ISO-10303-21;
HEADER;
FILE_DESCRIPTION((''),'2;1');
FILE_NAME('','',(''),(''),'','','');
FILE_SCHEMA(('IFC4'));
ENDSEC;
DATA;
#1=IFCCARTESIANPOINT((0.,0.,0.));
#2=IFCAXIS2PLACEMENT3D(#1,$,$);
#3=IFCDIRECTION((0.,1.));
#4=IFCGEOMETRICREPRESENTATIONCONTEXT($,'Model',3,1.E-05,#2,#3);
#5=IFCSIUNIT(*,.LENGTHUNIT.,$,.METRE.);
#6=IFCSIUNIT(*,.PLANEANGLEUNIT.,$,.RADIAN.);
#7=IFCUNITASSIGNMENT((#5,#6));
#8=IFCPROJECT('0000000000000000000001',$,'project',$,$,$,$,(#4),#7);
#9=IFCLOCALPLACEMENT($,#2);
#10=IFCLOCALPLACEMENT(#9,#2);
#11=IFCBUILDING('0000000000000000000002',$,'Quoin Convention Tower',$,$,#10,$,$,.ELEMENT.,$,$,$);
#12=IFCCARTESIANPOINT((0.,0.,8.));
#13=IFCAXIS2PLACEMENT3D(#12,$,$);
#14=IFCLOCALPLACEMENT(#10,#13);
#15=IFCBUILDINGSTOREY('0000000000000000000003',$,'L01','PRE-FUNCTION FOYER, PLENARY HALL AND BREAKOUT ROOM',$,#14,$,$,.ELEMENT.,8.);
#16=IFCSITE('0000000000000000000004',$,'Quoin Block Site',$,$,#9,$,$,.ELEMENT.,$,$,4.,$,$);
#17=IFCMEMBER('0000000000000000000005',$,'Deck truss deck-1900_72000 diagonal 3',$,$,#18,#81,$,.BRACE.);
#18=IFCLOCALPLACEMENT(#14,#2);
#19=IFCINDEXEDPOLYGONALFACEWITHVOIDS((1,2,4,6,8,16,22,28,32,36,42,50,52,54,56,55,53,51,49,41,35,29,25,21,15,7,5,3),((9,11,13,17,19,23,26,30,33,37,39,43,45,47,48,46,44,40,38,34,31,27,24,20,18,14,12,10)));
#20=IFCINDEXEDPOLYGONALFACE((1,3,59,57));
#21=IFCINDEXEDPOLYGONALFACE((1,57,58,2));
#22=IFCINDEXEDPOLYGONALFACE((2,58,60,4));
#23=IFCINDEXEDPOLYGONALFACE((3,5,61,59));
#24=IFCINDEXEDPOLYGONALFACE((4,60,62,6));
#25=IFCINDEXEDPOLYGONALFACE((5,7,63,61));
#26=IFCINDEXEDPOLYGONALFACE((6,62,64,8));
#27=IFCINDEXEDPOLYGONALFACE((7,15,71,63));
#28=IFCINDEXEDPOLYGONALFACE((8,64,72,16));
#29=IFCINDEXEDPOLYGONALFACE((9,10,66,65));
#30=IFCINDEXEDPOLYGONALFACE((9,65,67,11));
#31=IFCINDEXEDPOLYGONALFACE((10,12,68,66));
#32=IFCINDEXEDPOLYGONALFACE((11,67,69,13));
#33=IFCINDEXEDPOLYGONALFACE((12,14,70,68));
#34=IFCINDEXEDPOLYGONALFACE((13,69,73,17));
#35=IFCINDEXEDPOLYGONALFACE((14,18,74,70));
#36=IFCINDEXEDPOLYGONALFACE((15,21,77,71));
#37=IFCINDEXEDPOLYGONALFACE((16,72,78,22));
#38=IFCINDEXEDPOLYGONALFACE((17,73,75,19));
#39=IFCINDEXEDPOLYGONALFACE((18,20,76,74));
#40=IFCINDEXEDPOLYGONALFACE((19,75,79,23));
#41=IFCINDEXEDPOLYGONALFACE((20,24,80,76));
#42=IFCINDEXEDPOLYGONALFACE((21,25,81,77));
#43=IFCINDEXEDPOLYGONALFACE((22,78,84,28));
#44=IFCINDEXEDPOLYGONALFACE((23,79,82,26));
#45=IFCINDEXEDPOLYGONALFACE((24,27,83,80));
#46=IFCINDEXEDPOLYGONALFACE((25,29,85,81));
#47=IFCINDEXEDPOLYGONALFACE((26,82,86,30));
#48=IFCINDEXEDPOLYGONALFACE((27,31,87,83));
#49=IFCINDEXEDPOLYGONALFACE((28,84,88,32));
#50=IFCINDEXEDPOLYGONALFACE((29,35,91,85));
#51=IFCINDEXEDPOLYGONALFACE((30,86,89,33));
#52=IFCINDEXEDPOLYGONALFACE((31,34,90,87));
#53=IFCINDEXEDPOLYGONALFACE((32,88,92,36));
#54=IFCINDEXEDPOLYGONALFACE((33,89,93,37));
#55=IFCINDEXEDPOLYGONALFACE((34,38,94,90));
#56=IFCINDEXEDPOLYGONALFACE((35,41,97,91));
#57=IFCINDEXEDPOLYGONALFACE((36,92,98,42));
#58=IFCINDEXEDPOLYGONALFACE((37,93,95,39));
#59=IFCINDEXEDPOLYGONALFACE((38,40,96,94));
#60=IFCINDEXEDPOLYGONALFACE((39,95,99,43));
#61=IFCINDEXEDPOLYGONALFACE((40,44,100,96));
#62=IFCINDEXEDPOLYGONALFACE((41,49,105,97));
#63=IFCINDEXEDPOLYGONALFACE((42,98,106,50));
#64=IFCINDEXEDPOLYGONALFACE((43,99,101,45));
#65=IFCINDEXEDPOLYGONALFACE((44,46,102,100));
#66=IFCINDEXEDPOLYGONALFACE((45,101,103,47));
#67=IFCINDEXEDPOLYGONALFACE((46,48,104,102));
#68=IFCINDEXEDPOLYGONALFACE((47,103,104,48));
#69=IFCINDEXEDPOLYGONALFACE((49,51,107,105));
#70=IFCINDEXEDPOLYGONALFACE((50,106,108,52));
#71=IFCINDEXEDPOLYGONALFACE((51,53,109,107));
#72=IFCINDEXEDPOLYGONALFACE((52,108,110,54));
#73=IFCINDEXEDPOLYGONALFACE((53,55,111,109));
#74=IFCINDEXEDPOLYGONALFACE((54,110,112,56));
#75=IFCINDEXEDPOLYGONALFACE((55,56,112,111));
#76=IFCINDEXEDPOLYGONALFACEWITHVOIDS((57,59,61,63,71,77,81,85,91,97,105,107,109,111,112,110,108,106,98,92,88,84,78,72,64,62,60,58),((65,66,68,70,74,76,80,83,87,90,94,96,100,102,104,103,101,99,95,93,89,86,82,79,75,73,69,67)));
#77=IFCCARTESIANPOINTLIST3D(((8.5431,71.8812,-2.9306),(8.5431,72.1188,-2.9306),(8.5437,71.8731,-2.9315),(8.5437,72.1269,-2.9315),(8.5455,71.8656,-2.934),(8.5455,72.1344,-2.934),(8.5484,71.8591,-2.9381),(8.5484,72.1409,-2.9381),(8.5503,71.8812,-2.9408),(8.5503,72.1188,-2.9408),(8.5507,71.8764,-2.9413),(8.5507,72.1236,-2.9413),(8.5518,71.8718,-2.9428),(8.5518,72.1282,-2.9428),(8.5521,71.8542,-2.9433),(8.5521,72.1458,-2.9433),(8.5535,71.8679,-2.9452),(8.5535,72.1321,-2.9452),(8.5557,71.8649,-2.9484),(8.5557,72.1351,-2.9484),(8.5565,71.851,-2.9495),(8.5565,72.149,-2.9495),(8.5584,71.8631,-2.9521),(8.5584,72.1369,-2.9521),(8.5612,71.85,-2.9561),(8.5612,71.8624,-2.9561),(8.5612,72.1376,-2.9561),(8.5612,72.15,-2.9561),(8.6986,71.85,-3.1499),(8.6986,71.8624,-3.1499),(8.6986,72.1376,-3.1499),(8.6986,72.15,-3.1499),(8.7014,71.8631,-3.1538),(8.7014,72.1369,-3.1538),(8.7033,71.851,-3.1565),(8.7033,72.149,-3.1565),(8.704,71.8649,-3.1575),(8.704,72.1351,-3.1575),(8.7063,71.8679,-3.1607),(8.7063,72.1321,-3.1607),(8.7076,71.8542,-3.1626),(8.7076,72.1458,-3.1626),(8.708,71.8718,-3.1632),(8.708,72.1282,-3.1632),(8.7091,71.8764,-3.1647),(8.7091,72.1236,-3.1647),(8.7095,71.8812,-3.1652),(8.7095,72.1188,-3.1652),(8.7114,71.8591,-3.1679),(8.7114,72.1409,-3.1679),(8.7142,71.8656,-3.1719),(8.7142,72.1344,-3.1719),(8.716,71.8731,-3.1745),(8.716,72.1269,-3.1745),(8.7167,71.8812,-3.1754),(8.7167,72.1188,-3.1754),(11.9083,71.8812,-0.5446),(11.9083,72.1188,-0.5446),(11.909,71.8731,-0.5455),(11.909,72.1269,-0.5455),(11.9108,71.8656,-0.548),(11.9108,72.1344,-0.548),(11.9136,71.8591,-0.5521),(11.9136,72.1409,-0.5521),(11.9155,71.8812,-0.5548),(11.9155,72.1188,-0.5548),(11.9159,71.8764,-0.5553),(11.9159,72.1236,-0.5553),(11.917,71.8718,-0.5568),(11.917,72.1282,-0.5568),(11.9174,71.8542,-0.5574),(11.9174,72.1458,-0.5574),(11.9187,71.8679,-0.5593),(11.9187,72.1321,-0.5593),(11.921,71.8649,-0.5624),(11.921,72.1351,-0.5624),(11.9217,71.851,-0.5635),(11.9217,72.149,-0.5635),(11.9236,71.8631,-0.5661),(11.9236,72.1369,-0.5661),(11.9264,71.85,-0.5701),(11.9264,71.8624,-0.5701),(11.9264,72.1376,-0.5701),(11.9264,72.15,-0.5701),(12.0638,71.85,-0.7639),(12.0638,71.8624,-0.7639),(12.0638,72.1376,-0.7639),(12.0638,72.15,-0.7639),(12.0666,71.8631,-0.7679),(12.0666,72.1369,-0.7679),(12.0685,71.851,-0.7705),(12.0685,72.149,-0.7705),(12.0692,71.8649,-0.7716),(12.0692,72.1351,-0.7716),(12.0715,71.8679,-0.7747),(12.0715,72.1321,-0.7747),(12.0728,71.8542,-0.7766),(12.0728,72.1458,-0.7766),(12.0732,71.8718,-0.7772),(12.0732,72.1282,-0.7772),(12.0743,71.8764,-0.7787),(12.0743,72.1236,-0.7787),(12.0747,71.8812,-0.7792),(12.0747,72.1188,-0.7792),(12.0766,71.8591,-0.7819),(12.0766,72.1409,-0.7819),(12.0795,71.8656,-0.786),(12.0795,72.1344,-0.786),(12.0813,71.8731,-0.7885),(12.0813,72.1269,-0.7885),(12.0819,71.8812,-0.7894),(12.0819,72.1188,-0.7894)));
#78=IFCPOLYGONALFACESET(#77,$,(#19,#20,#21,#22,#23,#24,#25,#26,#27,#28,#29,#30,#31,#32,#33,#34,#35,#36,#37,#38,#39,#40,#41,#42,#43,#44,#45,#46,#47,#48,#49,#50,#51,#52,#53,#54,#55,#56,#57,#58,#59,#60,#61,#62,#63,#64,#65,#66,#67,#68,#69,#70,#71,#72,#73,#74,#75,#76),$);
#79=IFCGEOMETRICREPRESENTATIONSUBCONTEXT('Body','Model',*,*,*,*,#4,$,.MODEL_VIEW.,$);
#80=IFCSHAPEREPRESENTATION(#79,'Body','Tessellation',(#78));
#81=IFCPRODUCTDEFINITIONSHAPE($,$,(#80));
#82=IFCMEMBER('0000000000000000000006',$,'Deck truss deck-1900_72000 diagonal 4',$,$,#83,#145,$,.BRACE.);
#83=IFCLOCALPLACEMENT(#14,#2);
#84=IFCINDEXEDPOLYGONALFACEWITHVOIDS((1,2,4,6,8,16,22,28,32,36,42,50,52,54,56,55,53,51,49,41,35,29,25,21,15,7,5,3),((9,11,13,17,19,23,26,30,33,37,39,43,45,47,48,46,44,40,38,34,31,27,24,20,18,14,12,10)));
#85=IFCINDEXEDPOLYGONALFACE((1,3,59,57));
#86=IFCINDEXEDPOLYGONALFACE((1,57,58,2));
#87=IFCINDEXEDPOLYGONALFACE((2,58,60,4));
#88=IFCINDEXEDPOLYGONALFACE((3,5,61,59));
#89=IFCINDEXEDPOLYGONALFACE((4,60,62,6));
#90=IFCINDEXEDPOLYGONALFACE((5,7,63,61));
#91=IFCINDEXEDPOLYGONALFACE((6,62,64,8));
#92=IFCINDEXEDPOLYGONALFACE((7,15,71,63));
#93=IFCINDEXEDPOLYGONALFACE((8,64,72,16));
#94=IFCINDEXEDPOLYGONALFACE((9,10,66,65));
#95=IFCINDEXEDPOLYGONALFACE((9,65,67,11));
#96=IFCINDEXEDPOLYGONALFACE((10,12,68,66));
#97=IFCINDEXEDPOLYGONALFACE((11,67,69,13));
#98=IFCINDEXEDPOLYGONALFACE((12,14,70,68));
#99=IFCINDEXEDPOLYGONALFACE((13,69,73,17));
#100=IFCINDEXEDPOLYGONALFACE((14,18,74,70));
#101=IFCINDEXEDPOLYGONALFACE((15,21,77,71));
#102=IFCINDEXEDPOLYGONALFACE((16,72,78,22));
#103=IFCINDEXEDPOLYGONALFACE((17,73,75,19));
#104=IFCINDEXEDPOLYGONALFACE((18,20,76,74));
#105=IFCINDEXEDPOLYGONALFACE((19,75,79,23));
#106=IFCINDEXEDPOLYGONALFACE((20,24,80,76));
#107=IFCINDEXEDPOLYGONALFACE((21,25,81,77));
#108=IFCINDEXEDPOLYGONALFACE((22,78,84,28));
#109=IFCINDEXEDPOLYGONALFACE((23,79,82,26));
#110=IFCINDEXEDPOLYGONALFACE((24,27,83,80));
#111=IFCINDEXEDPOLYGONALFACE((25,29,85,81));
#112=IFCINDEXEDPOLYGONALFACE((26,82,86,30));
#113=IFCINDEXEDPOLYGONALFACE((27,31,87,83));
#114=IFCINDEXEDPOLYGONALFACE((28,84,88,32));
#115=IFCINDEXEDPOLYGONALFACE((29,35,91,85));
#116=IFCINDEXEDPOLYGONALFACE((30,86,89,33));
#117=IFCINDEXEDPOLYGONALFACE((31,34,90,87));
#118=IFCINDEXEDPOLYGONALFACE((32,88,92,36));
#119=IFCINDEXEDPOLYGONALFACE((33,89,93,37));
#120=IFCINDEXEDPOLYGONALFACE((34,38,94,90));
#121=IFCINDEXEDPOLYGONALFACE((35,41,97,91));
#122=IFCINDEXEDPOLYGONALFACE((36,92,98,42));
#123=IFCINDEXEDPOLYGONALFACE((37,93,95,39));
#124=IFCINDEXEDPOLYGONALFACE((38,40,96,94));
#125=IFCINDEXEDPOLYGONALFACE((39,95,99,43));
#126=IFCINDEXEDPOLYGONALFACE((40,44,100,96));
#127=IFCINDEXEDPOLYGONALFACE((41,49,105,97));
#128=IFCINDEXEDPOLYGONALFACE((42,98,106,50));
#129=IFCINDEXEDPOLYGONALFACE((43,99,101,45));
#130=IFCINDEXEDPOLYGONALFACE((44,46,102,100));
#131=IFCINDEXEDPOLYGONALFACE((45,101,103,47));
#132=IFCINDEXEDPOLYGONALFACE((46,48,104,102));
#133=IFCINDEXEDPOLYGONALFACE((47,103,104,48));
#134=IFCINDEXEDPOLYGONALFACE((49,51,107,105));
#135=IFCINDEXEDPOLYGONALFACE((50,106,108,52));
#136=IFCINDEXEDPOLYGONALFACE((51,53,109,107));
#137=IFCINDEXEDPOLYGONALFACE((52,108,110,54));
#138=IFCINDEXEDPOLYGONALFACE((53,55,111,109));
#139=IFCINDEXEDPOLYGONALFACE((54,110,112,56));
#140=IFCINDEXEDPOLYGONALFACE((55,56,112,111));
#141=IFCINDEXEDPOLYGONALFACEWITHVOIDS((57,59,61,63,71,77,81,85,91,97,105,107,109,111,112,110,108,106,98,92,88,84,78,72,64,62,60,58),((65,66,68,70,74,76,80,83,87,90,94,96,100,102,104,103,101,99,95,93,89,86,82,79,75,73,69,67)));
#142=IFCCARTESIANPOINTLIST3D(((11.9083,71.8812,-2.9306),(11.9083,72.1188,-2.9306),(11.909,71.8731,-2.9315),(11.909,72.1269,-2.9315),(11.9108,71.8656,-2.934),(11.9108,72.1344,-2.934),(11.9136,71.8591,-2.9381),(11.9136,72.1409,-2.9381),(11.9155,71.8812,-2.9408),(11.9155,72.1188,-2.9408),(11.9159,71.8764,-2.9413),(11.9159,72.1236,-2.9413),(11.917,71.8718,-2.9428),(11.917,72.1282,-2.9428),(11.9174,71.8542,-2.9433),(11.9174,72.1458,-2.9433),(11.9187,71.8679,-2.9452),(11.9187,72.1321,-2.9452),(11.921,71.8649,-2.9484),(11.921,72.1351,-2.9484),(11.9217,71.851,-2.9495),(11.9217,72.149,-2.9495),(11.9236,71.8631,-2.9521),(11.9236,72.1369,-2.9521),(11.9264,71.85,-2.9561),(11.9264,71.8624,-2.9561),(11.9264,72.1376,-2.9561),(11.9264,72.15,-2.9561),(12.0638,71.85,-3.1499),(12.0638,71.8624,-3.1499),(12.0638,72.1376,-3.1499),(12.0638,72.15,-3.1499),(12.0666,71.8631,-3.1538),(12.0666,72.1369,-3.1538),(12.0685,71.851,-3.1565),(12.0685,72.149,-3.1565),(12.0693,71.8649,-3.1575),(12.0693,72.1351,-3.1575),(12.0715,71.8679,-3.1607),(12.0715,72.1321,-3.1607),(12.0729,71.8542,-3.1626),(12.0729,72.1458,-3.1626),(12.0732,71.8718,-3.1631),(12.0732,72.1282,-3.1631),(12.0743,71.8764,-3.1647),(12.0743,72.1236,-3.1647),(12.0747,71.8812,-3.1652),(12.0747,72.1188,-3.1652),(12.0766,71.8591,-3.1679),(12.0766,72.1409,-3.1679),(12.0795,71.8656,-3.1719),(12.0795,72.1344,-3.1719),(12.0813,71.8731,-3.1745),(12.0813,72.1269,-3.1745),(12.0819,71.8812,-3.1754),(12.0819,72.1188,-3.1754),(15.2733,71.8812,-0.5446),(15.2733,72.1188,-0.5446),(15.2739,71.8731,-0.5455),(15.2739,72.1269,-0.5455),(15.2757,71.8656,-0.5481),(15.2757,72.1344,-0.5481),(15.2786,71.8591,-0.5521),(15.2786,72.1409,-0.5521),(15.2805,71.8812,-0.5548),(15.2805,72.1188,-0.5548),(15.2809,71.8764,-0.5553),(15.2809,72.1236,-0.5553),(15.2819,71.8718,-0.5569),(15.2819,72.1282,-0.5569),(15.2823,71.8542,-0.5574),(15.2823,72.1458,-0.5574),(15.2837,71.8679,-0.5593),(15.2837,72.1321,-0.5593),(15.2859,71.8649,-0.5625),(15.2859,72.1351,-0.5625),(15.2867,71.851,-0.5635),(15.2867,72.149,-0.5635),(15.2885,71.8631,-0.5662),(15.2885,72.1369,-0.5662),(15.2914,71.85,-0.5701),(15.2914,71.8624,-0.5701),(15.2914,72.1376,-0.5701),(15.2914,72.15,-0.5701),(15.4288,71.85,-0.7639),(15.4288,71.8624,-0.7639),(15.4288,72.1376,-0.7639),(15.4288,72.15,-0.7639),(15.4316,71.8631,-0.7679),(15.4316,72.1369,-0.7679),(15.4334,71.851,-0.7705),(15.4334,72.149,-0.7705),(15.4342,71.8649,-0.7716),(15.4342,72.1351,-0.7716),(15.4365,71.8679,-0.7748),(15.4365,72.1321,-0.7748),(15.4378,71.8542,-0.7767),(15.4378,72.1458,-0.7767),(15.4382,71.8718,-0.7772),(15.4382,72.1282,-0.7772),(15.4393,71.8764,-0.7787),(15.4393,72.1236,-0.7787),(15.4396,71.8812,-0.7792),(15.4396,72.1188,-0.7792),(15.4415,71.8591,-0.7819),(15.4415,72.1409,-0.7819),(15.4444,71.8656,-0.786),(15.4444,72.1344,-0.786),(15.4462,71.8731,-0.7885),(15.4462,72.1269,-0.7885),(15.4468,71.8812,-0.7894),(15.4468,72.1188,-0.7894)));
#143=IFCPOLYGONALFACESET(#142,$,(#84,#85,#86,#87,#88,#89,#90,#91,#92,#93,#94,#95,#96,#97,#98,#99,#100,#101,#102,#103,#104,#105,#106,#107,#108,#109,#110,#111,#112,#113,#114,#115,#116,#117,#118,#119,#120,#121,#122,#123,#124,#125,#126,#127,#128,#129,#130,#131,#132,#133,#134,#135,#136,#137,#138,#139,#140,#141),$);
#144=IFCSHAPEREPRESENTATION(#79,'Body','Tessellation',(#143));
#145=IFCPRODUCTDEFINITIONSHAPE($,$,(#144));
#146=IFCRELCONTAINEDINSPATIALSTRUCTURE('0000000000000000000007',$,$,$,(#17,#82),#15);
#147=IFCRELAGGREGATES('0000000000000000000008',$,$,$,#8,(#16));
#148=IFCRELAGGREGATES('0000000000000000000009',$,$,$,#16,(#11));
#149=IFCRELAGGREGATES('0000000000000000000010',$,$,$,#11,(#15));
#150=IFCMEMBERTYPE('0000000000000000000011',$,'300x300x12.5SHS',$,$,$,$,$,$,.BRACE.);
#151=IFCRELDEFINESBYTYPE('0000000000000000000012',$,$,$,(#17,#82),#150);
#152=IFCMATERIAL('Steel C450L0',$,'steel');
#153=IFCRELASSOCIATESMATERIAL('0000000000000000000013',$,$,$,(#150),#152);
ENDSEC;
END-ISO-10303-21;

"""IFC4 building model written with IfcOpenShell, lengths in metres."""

from ifc_helpers import new_model, si_unit, direction, frame, origin, origin_2d, place, context, subcontext, project, spatial, hollow_rectangle, extrude, material, material_profile, profile_set, type_object, element, save


model = new_model("IFC4")

# Units and contexts
model_context = context("Model", 3, precision=1e-05, world=origin(), true_north=direction((0.0, 1.0)))
body_context = subcontext(model_context, "Body", "Model", "MODEL_VIEW")
ifc_project = project(units=[si_unit("LENGTHUNIT", "METRE"), si_unit("PLANEANGLEUNIT", "RADIAN")], contexts=[model_context])

# Site, building, storey
site_placement = place(None, origin())
site = spatial("IfcSite", under=ifc_project, at=site_placement, Name="Quoin Block Site", CompositionType="ELEMENT", RefElevation=4.0)
building_placement = place(site_placement, origin())
building = spatial("IfcBuilding", under=site, at=building_placement, Name="Quoin Convention Tower", CompositionType="ELEMENT")
storey_placement = place(building_placement, frame((0.0, 0.0, 8.0)))
storey = spatial("IfcBuildingStorey", under=building, at=storey_placement, Name="L01", Description="PRE-FUNCTION FOYER, PLENARY HALL AND BREAKOUT ROOM", CompositionType="ELEMENT", Elevation=8.0)

# Shared definitions
ifc_material_1 = material(Name="Steel C450L0", Category="steel")

# Members
ifc_material_profile_1 = material_profile(ifc_material_1, hollow_rectangle(XDim=0.3, YDim=0.3, WallThickness=0.0125, InnerFilletRadius=0.0188, OuterFilletRadius=0.0312, at=origin_2d()), Name="300x300x12.5SHS")
ifc_profile_set_1 = profile_set([ifc_material_profile_1], Name="Steel C450L0")
member_type_1 = type_object("IfcMemberType", Name="300x300x12.5SHS", PredefinedType="BRACE", material=ifc_profile_set_1)
member_1_placement = place(storey_placement, frame((8.6299, 72.0, -3.053), z_axis=(0.815764, 0.0, 0.578385), x_axis=(0.0, 1.0, 0.0)))
element("IfcMember", 1, at=member_1_placement, inside=storey, type_object=member_type_1, Name="Deck truss deck-1900_72000 diagonal 3", PredefinedType="BRACE", context=body_context, shape_type="SweptSolid", body=[
    extrude(hollow_rectangle(XDim=0.3, YDim=0.3, WallThickness=0.0125, InnerFilletRadius=0.0188, OuterFilletRadius=0.0312, at=origin_2d()), origin(), (0.0, 0.0, 1.0), 4.1252),
])
for number, where, z_axis, x_axis, name in (
    (2, (11.9951, 72.0, -3.053), (0.815744, 0.0, 0.578413), (0.0, 1.0, 0.0), "Deck truss deck-1900_72000 diagonal 4"),
):
    element("IfcMember", number, at=place(storey_placement, frame(where, z_axis=z_axis, x_axis=x_axis)), inside=storey, type_object=member_type_1, Name=name, PredefinedType="BRACE", context=body_context, shape_type="SweptSolid", body=[
        extrude(hollow_rectangle(XDim=0.3, YDim=0.3, WallThickness=0.0125, InnerFilletRadius=0.0188, OuterFilletRadius=0.0312, at=origin_2d()), origin(), (0.0, 0.0, 1.0), 4.125),
    ])

save(model, "model.ifc")
